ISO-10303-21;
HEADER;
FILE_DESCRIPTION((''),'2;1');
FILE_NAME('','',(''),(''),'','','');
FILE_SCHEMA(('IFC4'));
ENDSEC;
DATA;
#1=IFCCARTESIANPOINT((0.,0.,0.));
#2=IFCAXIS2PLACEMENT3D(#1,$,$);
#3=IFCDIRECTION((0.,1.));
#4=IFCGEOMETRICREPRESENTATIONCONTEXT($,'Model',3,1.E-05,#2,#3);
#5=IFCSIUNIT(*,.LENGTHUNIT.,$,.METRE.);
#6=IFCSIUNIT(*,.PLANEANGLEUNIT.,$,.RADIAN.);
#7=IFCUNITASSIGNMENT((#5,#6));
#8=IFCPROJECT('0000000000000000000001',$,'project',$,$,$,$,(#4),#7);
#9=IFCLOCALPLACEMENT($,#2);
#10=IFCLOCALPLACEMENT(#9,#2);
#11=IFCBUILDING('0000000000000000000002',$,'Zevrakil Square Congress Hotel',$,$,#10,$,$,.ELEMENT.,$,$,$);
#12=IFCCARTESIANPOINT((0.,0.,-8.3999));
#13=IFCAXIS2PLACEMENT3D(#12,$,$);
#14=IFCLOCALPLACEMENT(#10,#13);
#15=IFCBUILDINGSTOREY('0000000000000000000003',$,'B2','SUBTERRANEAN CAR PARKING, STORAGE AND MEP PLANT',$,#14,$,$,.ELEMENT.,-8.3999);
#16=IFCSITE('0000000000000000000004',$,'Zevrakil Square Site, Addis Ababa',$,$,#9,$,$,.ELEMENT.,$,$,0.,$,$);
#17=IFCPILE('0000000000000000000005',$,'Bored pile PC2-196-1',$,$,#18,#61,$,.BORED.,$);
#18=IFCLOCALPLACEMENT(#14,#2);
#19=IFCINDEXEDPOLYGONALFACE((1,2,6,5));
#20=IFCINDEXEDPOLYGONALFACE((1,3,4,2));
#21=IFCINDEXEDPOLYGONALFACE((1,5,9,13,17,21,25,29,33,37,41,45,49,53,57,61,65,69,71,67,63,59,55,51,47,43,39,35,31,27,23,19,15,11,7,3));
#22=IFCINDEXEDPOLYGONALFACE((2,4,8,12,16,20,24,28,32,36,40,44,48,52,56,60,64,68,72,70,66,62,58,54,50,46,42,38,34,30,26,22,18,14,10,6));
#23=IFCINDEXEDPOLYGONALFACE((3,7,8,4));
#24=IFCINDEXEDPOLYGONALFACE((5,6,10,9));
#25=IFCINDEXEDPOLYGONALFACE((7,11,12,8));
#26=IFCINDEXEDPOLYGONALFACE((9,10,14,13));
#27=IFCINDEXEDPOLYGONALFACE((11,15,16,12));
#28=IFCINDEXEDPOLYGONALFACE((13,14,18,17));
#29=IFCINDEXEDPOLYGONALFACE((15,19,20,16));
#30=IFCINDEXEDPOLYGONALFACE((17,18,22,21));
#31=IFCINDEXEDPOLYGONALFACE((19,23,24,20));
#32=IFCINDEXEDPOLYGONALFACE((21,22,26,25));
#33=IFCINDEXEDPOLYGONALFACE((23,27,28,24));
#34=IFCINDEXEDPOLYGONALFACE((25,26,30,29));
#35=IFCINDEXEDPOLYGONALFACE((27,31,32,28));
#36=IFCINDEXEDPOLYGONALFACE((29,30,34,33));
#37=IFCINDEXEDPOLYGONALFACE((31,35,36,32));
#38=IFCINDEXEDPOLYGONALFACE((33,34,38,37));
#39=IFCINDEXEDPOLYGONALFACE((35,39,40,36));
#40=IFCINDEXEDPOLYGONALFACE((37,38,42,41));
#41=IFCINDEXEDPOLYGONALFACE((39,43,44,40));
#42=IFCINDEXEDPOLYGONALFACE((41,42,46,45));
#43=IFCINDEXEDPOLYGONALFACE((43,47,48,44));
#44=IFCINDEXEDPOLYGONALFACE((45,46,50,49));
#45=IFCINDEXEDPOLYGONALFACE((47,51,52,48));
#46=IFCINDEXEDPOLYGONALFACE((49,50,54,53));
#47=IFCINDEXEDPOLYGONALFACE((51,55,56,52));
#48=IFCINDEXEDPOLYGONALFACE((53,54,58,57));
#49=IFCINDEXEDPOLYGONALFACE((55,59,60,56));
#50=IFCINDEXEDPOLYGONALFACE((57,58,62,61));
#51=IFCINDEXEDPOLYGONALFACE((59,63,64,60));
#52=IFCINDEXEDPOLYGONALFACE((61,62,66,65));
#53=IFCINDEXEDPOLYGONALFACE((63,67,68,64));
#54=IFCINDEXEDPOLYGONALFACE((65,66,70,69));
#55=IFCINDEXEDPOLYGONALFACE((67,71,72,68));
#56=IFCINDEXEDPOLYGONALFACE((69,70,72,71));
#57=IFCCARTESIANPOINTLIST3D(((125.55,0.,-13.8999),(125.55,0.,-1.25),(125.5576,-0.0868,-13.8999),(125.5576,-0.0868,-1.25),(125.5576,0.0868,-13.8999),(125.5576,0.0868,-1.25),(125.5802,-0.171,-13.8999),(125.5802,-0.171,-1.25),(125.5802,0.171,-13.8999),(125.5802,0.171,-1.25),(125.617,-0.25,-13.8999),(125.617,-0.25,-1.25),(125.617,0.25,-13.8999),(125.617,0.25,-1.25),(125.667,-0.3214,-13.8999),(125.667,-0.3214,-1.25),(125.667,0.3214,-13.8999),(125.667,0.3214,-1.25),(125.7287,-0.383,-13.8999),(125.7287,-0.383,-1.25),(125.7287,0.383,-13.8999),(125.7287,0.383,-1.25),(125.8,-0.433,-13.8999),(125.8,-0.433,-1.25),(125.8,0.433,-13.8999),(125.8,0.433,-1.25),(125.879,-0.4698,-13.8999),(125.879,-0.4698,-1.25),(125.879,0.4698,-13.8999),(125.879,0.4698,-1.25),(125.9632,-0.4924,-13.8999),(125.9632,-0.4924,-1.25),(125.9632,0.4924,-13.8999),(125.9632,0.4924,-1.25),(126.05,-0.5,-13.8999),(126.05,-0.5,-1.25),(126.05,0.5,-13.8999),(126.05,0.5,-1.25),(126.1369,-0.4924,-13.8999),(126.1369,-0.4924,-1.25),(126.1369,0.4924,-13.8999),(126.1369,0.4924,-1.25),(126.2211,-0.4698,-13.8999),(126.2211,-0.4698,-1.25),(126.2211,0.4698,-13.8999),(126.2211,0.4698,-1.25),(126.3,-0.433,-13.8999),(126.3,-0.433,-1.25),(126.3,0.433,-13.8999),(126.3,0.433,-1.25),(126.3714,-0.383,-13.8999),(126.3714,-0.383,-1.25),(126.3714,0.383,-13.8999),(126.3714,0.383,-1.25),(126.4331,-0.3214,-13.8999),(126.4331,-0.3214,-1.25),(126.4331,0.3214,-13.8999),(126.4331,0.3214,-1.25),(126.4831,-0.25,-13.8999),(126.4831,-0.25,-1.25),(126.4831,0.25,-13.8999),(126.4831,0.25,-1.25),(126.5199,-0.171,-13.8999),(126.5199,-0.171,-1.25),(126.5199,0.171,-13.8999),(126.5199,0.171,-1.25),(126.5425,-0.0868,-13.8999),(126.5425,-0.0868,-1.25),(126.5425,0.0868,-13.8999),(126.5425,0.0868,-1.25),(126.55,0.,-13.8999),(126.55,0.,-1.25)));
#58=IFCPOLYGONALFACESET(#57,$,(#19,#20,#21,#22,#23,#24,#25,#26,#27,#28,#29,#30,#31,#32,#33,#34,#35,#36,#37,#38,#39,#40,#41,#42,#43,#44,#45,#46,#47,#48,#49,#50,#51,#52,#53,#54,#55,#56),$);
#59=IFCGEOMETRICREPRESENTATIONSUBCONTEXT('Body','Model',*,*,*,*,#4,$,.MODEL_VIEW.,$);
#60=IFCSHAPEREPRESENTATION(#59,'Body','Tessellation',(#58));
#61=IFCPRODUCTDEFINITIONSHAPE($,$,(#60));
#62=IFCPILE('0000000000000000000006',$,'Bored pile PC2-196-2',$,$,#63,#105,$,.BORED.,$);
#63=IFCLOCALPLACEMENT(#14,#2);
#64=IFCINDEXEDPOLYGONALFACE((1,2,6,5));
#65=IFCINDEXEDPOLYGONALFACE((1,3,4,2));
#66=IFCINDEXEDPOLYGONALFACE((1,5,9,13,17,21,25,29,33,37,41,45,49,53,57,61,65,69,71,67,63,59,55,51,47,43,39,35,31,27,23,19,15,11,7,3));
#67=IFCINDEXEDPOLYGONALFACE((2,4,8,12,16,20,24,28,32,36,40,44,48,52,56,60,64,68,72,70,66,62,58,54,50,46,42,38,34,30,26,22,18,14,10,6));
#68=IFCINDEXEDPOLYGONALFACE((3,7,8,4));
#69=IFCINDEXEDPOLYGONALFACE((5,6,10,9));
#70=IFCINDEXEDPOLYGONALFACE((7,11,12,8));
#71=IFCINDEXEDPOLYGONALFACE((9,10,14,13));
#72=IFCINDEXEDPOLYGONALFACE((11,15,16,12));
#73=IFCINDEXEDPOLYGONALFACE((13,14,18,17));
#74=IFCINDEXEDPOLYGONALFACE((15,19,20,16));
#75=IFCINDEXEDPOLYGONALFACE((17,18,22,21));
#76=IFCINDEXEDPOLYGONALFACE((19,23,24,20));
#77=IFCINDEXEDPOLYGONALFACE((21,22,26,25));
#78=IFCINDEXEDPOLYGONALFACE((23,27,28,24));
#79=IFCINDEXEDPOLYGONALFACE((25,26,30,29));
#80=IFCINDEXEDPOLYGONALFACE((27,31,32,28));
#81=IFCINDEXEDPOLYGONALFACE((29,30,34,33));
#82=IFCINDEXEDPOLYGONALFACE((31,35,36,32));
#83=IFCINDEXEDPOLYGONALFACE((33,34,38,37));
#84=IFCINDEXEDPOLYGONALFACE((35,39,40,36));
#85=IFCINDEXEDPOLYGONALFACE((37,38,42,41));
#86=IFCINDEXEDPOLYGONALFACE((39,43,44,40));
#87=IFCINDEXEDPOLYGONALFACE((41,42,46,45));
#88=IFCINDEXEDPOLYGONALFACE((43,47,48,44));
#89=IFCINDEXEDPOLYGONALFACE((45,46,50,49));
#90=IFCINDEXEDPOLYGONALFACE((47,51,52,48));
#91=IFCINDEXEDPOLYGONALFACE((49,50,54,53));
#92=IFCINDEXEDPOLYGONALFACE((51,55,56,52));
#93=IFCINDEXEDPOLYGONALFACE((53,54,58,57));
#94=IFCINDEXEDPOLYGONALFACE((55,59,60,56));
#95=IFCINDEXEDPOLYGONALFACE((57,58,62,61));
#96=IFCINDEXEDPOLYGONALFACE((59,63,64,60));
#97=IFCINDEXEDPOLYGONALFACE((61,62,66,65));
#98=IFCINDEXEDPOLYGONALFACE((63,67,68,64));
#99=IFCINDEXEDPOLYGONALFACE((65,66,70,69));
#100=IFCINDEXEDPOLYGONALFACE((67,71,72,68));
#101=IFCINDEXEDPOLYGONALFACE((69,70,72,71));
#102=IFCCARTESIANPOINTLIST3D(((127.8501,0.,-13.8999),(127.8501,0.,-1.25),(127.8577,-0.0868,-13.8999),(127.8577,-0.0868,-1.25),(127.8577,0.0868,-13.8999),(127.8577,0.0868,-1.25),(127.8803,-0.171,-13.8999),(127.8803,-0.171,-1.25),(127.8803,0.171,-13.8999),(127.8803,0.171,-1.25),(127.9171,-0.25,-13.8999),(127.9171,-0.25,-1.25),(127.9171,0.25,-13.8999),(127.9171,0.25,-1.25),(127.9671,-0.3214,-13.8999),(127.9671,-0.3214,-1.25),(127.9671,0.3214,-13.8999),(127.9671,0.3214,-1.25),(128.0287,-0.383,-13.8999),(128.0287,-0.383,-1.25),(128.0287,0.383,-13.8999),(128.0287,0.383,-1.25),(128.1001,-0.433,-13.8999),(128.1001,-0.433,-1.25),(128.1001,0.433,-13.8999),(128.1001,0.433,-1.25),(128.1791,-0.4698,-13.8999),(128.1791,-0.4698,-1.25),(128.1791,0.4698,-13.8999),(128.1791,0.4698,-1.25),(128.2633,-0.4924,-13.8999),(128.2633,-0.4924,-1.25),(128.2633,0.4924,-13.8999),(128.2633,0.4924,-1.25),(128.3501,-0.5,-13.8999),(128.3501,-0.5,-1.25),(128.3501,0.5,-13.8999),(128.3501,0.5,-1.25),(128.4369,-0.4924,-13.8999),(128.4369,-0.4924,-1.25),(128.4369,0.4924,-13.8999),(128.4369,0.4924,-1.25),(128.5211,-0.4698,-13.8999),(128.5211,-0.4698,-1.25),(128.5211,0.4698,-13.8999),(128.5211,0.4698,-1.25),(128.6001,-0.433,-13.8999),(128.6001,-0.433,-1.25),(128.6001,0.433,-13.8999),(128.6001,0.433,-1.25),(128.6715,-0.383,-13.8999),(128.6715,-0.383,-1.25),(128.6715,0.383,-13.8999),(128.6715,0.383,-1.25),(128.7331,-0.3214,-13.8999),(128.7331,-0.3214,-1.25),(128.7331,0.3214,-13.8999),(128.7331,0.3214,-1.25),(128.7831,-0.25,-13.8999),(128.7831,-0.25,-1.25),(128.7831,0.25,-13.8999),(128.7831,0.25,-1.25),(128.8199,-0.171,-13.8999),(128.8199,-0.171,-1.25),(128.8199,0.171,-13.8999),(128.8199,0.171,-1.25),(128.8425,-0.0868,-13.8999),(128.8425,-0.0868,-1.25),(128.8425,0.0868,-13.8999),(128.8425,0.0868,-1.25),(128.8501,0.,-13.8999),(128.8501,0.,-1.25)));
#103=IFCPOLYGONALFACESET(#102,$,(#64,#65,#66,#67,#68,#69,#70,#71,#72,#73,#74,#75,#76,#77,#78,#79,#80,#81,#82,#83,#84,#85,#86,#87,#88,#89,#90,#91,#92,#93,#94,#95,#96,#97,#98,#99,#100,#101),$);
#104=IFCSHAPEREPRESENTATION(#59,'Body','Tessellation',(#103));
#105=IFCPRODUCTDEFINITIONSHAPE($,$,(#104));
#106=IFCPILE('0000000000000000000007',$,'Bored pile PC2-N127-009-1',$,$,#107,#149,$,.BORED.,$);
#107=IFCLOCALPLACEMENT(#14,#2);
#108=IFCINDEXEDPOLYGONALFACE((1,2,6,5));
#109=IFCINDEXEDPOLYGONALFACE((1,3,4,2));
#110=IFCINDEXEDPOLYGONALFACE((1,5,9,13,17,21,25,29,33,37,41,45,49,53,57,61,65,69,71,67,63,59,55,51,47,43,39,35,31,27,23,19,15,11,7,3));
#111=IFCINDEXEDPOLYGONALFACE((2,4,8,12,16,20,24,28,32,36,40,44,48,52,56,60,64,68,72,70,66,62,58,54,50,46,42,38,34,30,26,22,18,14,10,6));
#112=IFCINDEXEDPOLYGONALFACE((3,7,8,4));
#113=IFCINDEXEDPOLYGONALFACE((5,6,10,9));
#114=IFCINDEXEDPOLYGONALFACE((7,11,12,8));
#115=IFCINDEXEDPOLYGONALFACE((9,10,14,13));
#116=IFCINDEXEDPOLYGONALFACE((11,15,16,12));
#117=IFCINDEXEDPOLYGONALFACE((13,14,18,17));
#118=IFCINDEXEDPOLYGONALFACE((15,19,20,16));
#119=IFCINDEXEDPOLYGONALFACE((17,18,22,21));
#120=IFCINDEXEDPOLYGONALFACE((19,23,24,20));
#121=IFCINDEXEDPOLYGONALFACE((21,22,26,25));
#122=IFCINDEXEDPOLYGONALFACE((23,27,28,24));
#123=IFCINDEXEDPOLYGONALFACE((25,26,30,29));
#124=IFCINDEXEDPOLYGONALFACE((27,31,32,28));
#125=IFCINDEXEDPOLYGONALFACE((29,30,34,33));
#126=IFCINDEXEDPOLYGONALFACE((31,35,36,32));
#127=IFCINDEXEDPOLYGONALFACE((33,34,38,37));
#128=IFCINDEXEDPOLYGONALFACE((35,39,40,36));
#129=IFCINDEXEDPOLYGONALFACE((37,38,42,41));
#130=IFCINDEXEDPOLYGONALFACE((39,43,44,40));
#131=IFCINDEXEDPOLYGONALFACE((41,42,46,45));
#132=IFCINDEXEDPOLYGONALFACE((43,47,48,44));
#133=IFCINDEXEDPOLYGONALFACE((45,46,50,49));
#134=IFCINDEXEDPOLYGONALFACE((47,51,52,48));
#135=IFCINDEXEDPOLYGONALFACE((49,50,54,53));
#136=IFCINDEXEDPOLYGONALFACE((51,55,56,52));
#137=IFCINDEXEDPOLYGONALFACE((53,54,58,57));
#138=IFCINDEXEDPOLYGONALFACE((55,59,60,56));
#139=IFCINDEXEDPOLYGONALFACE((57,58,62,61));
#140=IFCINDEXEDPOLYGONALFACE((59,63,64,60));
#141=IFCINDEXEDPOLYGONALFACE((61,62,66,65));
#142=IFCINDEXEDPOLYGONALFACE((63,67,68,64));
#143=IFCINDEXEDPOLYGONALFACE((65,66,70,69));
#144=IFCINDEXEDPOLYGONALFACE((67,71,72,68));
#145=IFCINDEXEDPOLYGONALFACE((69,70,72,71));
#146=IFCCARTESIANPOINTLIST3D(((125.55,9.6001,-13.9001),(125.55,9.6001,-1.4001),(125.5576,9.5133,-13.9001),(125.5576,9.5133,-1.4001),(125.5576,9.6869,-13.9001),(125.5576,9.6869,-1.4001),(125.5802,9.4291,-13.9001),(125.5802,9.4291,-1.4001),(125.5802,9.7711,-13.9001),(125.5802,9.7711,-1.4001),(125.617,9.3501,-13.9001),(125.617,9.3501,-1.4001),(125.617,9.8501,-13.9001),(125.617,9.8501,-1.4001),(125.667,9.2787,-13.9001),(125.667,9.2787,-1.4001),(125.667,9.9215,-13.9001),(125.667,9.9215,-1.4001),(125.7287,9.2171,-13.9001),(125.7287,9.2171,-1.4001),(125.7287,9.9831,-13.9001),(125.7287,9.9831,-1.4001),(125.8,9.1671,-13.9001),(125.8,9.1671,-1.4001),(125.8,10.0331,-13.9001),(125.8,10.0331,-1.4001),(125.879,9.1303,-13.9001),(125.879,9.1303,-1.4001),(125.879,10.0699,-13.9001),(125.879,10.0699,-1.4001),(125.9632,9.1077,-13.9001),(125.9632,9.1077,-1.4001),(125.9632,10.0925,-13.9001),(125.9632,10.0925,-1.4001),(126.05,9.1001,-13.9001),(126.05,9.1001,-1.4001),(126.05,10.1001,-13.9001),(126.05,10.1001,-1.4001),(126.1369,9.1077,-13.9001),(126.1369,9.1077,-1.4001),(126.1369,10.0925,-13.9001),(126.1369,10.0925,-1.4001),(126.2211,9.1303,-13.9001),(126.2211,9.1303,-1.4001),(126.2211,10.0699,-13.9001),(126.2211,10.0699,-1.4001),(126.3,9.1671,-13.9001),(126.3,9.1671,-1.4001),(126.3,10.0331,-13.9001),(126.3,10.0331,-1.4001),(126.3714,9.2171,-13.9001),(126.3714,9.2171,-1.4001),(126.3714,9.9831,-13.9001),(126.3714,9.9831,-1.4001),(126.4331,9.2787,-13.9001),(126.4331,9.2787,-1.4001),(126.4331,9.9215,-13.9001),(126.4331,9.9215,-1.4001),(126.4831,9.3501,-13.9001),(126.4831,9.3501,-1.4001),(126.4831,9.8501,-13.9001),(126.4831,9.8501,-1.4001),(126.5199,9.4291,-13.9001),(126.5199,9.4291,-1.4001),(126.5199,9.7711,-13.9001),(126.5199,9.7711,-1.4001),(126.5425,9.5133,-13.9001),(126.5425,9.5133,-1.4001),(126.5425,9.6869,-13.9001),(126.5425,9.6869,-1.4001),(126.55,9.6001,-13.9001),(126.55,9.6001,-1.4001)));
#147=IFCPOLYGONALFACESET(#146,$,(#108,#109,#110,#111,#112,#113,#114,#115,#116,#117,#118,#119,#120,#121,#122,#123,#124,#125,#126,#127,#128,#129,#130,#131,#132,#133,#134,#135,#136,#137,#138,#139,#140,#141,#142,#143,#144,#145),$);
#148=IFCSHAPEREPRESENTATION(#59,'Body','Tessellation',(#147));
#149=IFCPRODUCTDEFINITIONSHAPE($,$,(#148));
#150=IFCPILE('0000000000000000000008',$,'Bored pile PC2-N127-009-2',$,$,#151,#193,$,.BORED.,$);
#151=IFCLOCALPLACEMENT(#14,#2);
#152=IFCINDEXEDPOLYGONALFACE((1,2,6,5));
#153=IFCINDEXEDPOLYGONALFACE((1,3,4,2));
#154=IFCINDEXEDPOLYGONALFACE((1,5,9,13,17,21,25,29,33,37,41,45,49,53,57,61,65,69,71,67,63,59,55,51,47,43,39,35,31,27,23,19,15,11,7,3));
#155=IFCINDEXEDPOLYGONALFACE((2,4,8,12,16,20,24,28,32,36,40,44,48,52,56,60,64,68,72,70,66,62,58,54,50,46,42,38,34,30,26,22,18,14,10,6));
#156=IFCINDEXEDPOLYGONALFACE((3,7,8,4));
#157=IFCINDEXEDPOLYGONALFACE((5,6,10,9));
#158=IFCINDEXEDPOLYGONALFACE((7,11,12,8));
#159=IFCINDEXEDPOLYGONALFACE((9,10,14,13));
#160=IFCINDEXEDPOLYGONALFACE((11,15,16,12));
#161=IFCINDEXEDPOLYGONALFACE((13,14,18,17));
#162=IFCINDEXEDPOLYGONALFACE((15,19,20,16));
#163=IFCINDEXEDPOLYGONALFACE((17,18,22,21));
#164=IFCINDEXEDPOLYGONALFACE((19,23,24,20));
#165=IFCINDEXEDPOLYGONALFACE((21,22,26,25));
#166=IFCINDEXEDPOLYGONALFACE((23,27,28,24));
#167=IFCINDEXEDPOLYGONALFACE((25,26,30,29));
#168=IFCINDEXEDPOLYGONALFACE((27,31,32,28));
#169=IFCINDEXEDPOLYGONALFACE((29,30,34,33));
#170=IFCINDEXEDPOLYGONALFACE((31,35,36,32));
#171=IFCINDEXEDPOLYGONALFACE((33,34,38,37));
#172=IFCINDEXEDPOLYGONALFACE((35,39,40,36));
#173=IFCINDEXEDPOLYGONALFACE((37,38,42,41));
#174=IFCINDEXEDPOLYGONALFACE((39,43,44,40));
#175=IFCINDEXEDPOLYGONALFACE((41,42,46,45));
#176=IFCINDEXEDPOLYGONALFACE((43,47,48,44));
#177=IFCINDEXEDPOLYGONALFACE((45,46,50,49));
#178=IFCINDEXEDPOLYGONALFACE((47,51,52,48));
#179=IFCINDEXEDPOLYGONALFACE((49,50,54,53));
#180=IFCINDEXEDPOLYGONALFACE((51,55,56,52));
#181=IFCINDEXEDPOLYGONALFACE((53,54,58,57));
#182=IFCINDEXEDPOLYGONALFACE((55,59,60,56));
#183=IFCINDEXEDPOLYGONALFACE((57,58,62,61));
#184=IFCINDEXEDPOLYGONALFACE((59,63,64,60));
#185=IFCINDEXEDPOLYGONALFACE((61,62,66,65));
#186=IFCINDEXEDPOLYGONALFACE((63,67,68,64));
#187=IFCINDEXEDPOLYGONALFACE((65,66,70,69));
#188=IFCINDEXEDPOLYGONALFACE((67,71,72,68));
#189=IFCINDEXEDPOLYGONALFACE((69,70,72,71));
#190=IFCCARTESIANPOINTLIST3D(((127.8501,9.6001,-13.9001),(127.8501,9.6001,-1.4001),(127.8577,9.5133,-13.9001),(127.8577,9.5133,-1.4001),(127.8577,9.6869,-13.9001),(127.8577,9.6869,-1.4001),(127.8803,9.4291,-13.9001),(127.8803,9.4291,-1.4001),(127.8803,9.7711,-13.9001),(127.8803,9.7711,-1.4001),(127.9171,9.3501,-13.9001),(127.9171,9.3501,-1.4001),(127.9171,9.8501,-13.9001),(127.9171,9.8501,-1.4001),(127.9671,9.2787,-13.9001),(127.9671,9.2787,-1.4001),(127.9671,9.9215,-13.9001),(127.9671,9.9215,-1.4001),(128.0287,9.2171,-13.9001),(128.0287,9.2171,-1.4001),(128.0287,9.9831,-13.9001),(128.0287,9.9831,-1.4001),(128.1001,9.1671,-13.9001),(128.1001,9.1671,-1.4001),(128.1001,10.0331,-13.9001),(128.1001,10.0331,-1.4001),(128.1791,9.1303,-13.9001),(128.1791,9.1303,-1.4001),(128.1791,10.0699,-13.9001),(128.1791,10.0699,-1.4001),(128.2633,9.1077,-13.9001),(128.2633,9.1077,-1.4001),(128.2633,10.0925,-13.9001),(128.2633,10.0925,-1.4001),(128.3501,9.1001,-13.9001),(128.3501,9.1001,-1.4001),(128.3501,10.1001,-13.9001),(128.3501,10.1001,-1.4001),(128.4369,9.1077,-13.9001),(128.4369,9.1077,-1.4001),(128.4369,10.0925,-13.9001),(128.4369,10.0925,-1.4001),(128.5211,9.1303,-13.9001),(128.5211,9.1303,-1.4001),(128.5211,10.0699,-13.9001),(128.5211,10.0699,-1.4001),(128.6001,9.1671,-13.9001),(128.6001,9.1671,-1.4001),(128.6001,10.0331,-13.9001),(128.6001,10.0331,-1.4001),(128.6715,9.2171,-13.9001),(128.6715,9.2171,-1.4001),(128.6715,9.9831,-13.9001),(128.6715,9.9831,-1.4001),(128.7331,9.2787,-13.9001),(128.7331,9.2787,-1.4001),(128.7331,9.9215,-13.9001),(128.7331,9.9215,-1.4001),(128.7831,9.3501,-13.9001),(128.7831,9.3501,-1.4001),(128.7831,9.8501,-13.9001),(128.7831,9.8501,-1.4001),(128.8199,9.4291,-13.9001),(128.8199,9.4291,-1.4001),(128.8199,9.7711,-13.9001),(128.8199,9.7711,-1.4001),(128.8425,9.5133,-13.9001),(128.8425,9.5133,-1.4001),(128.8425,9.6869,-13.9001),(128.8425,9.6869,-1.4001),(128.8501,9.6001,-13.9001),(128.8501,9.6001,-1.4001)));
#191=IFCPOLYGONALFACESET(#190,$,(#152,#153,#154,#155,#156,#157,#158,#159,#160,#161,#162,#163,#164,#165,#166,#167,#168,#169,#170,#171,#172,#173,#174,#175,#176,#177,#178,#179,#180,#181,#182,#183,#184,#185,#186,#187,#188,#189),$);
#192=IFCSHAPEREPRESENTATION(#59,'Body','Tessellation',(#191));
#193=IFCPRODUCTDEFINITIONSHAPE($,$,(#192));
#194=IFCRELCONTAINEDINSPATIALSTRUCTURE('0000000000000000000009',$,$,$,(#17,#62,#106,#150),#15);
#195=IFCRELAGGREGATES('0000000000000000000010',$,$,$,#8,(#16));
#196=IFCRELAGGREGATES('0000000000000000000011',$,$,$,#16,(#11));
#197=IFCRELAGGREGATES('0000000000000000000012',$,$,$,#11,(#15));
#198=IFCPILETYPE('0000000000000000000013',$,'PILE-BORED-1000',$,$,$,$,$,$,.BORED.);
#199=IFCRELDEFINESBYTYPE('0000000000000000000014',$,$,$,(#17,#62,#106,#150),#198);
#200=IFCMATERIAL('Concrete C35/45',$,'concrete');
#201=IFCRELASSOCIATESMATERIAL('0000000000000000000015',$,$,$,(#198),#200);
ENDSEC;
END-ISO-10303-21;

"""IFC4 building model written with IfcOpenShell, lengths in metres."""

from ifc_helpers import new_model, si_unit, direction, frame, origin, origin_2d, place, context, subcontext, project, spatial, circle, extrude, material, material_profile, profile_set, type_object, element, save


model = new_model("IFC4")

# Units and contexts
model_context = context("Model", 3, precision=1e-05, world=origin(), true_north=direction((0.0, 1.0)))
body_context = subcontext(model_context, "Body", "Model", "MODEL_VIEW")
ifc_project = project(units=[si_unit("LENGTHUNIT", "METRE"), si_unit("PLANEANGLEUNIT", "RADIAN")], contexts=[model_context])

# Site, building, storey
site_placement = place(None, origin())
site = spatial("IfcSite", under=ifc_project, at=site_placement, Name="Zevrakil Square Site, Addis Ababa", CompositionType="ELEMENT", RefElevation=0.0)
building_placement = place(site_placement, origin())
building = spatial("IfcBuilding", under=site, at=building_placement, Name="Zevrakil Square Congress Hotel", CompositionType="ELEMENT")
storey_placement = place(building_placement, frame((0.0, 0.0, -8.3999)))
storey = spatial("IfcBuildingStorey", under=building, at=storey_placement, Name="B2", Description="SUBTERRANEAN CAR PARKING, STORAGE AND MEP PLANT", CompositionType="ELEMENT", Elevation=-8.3999)

# Piles
ifc_material_1 = material(Name="Concrete C35/45", Category="concrete")
ifc_material_profile_1 = material_profile(ifc_material_1, circle(Radius=0.5, at=origin_2d()), Name="PILE D1000")
ifc_profile_set_1 = profile_set([ifc_material_profile_1], Name="Concrete C35/45")
pile_type_1 = type_object("IfcPileType", Name="PILE-BORED-1000", PredefinedType="BORED", material=ifc_profile_set_1)
for number, where, z_axis, x_axis, name in (
    (1, (126.05, 0.0, -1.25), (0.0, 0.0, -1.0), (1.0, 0.0, 0.0), "Bored pile PC2-196-1"),
    (2, (128.3501, 0.0, -1.25), (0.0, 0.0, -1.0), (1.0, 0.0, 0.0), "Bored pile PC2-196-2"),
):
    element("IfcPile", number, at=place(storey_placement, frame(where, z_axis=z_axis, x_axis=x_axis)), inside=storey, type_object=pile_type_1, Name=name, PredefinedType="BORED", context=body_context, shape_type="SweptSolid", body=[
        extrude(circle(Radius=0.5, at=origin_2d()), origin(), (0.0, 0.0, 1.0), 12.6499),
    ])
for number, where, z_axis, x_axis, name in (
    (3, (126.05, 9.6001, -1.4001), (0.0, 0.0, -1.0), (1.0, 0.0, 0.0), "Bored pile PC2-N127-009-1"),
    (4, (128.3501, 9.6001, -1.4001), (0.0, 0.0, -1.0), (1.0, 0.0, 0.0), "Bored pile PC2-N127-009-2"),
):
    element("IfcPile", number, at=place(storey_placement, frame(where, z_axis=z_axis, x_axis=x_axis)), inside=storey, type_object=pile_type_1, Name=name, PredefinedType="BORED", context=body_context, shape_type="SweptSolid", body=[
        extrude(circle(Radius=0.5, at=origin_2d()), origin(), (0.0, 0.0, 1.0), 12.5),
    ])

save(model, "model.ifc")
